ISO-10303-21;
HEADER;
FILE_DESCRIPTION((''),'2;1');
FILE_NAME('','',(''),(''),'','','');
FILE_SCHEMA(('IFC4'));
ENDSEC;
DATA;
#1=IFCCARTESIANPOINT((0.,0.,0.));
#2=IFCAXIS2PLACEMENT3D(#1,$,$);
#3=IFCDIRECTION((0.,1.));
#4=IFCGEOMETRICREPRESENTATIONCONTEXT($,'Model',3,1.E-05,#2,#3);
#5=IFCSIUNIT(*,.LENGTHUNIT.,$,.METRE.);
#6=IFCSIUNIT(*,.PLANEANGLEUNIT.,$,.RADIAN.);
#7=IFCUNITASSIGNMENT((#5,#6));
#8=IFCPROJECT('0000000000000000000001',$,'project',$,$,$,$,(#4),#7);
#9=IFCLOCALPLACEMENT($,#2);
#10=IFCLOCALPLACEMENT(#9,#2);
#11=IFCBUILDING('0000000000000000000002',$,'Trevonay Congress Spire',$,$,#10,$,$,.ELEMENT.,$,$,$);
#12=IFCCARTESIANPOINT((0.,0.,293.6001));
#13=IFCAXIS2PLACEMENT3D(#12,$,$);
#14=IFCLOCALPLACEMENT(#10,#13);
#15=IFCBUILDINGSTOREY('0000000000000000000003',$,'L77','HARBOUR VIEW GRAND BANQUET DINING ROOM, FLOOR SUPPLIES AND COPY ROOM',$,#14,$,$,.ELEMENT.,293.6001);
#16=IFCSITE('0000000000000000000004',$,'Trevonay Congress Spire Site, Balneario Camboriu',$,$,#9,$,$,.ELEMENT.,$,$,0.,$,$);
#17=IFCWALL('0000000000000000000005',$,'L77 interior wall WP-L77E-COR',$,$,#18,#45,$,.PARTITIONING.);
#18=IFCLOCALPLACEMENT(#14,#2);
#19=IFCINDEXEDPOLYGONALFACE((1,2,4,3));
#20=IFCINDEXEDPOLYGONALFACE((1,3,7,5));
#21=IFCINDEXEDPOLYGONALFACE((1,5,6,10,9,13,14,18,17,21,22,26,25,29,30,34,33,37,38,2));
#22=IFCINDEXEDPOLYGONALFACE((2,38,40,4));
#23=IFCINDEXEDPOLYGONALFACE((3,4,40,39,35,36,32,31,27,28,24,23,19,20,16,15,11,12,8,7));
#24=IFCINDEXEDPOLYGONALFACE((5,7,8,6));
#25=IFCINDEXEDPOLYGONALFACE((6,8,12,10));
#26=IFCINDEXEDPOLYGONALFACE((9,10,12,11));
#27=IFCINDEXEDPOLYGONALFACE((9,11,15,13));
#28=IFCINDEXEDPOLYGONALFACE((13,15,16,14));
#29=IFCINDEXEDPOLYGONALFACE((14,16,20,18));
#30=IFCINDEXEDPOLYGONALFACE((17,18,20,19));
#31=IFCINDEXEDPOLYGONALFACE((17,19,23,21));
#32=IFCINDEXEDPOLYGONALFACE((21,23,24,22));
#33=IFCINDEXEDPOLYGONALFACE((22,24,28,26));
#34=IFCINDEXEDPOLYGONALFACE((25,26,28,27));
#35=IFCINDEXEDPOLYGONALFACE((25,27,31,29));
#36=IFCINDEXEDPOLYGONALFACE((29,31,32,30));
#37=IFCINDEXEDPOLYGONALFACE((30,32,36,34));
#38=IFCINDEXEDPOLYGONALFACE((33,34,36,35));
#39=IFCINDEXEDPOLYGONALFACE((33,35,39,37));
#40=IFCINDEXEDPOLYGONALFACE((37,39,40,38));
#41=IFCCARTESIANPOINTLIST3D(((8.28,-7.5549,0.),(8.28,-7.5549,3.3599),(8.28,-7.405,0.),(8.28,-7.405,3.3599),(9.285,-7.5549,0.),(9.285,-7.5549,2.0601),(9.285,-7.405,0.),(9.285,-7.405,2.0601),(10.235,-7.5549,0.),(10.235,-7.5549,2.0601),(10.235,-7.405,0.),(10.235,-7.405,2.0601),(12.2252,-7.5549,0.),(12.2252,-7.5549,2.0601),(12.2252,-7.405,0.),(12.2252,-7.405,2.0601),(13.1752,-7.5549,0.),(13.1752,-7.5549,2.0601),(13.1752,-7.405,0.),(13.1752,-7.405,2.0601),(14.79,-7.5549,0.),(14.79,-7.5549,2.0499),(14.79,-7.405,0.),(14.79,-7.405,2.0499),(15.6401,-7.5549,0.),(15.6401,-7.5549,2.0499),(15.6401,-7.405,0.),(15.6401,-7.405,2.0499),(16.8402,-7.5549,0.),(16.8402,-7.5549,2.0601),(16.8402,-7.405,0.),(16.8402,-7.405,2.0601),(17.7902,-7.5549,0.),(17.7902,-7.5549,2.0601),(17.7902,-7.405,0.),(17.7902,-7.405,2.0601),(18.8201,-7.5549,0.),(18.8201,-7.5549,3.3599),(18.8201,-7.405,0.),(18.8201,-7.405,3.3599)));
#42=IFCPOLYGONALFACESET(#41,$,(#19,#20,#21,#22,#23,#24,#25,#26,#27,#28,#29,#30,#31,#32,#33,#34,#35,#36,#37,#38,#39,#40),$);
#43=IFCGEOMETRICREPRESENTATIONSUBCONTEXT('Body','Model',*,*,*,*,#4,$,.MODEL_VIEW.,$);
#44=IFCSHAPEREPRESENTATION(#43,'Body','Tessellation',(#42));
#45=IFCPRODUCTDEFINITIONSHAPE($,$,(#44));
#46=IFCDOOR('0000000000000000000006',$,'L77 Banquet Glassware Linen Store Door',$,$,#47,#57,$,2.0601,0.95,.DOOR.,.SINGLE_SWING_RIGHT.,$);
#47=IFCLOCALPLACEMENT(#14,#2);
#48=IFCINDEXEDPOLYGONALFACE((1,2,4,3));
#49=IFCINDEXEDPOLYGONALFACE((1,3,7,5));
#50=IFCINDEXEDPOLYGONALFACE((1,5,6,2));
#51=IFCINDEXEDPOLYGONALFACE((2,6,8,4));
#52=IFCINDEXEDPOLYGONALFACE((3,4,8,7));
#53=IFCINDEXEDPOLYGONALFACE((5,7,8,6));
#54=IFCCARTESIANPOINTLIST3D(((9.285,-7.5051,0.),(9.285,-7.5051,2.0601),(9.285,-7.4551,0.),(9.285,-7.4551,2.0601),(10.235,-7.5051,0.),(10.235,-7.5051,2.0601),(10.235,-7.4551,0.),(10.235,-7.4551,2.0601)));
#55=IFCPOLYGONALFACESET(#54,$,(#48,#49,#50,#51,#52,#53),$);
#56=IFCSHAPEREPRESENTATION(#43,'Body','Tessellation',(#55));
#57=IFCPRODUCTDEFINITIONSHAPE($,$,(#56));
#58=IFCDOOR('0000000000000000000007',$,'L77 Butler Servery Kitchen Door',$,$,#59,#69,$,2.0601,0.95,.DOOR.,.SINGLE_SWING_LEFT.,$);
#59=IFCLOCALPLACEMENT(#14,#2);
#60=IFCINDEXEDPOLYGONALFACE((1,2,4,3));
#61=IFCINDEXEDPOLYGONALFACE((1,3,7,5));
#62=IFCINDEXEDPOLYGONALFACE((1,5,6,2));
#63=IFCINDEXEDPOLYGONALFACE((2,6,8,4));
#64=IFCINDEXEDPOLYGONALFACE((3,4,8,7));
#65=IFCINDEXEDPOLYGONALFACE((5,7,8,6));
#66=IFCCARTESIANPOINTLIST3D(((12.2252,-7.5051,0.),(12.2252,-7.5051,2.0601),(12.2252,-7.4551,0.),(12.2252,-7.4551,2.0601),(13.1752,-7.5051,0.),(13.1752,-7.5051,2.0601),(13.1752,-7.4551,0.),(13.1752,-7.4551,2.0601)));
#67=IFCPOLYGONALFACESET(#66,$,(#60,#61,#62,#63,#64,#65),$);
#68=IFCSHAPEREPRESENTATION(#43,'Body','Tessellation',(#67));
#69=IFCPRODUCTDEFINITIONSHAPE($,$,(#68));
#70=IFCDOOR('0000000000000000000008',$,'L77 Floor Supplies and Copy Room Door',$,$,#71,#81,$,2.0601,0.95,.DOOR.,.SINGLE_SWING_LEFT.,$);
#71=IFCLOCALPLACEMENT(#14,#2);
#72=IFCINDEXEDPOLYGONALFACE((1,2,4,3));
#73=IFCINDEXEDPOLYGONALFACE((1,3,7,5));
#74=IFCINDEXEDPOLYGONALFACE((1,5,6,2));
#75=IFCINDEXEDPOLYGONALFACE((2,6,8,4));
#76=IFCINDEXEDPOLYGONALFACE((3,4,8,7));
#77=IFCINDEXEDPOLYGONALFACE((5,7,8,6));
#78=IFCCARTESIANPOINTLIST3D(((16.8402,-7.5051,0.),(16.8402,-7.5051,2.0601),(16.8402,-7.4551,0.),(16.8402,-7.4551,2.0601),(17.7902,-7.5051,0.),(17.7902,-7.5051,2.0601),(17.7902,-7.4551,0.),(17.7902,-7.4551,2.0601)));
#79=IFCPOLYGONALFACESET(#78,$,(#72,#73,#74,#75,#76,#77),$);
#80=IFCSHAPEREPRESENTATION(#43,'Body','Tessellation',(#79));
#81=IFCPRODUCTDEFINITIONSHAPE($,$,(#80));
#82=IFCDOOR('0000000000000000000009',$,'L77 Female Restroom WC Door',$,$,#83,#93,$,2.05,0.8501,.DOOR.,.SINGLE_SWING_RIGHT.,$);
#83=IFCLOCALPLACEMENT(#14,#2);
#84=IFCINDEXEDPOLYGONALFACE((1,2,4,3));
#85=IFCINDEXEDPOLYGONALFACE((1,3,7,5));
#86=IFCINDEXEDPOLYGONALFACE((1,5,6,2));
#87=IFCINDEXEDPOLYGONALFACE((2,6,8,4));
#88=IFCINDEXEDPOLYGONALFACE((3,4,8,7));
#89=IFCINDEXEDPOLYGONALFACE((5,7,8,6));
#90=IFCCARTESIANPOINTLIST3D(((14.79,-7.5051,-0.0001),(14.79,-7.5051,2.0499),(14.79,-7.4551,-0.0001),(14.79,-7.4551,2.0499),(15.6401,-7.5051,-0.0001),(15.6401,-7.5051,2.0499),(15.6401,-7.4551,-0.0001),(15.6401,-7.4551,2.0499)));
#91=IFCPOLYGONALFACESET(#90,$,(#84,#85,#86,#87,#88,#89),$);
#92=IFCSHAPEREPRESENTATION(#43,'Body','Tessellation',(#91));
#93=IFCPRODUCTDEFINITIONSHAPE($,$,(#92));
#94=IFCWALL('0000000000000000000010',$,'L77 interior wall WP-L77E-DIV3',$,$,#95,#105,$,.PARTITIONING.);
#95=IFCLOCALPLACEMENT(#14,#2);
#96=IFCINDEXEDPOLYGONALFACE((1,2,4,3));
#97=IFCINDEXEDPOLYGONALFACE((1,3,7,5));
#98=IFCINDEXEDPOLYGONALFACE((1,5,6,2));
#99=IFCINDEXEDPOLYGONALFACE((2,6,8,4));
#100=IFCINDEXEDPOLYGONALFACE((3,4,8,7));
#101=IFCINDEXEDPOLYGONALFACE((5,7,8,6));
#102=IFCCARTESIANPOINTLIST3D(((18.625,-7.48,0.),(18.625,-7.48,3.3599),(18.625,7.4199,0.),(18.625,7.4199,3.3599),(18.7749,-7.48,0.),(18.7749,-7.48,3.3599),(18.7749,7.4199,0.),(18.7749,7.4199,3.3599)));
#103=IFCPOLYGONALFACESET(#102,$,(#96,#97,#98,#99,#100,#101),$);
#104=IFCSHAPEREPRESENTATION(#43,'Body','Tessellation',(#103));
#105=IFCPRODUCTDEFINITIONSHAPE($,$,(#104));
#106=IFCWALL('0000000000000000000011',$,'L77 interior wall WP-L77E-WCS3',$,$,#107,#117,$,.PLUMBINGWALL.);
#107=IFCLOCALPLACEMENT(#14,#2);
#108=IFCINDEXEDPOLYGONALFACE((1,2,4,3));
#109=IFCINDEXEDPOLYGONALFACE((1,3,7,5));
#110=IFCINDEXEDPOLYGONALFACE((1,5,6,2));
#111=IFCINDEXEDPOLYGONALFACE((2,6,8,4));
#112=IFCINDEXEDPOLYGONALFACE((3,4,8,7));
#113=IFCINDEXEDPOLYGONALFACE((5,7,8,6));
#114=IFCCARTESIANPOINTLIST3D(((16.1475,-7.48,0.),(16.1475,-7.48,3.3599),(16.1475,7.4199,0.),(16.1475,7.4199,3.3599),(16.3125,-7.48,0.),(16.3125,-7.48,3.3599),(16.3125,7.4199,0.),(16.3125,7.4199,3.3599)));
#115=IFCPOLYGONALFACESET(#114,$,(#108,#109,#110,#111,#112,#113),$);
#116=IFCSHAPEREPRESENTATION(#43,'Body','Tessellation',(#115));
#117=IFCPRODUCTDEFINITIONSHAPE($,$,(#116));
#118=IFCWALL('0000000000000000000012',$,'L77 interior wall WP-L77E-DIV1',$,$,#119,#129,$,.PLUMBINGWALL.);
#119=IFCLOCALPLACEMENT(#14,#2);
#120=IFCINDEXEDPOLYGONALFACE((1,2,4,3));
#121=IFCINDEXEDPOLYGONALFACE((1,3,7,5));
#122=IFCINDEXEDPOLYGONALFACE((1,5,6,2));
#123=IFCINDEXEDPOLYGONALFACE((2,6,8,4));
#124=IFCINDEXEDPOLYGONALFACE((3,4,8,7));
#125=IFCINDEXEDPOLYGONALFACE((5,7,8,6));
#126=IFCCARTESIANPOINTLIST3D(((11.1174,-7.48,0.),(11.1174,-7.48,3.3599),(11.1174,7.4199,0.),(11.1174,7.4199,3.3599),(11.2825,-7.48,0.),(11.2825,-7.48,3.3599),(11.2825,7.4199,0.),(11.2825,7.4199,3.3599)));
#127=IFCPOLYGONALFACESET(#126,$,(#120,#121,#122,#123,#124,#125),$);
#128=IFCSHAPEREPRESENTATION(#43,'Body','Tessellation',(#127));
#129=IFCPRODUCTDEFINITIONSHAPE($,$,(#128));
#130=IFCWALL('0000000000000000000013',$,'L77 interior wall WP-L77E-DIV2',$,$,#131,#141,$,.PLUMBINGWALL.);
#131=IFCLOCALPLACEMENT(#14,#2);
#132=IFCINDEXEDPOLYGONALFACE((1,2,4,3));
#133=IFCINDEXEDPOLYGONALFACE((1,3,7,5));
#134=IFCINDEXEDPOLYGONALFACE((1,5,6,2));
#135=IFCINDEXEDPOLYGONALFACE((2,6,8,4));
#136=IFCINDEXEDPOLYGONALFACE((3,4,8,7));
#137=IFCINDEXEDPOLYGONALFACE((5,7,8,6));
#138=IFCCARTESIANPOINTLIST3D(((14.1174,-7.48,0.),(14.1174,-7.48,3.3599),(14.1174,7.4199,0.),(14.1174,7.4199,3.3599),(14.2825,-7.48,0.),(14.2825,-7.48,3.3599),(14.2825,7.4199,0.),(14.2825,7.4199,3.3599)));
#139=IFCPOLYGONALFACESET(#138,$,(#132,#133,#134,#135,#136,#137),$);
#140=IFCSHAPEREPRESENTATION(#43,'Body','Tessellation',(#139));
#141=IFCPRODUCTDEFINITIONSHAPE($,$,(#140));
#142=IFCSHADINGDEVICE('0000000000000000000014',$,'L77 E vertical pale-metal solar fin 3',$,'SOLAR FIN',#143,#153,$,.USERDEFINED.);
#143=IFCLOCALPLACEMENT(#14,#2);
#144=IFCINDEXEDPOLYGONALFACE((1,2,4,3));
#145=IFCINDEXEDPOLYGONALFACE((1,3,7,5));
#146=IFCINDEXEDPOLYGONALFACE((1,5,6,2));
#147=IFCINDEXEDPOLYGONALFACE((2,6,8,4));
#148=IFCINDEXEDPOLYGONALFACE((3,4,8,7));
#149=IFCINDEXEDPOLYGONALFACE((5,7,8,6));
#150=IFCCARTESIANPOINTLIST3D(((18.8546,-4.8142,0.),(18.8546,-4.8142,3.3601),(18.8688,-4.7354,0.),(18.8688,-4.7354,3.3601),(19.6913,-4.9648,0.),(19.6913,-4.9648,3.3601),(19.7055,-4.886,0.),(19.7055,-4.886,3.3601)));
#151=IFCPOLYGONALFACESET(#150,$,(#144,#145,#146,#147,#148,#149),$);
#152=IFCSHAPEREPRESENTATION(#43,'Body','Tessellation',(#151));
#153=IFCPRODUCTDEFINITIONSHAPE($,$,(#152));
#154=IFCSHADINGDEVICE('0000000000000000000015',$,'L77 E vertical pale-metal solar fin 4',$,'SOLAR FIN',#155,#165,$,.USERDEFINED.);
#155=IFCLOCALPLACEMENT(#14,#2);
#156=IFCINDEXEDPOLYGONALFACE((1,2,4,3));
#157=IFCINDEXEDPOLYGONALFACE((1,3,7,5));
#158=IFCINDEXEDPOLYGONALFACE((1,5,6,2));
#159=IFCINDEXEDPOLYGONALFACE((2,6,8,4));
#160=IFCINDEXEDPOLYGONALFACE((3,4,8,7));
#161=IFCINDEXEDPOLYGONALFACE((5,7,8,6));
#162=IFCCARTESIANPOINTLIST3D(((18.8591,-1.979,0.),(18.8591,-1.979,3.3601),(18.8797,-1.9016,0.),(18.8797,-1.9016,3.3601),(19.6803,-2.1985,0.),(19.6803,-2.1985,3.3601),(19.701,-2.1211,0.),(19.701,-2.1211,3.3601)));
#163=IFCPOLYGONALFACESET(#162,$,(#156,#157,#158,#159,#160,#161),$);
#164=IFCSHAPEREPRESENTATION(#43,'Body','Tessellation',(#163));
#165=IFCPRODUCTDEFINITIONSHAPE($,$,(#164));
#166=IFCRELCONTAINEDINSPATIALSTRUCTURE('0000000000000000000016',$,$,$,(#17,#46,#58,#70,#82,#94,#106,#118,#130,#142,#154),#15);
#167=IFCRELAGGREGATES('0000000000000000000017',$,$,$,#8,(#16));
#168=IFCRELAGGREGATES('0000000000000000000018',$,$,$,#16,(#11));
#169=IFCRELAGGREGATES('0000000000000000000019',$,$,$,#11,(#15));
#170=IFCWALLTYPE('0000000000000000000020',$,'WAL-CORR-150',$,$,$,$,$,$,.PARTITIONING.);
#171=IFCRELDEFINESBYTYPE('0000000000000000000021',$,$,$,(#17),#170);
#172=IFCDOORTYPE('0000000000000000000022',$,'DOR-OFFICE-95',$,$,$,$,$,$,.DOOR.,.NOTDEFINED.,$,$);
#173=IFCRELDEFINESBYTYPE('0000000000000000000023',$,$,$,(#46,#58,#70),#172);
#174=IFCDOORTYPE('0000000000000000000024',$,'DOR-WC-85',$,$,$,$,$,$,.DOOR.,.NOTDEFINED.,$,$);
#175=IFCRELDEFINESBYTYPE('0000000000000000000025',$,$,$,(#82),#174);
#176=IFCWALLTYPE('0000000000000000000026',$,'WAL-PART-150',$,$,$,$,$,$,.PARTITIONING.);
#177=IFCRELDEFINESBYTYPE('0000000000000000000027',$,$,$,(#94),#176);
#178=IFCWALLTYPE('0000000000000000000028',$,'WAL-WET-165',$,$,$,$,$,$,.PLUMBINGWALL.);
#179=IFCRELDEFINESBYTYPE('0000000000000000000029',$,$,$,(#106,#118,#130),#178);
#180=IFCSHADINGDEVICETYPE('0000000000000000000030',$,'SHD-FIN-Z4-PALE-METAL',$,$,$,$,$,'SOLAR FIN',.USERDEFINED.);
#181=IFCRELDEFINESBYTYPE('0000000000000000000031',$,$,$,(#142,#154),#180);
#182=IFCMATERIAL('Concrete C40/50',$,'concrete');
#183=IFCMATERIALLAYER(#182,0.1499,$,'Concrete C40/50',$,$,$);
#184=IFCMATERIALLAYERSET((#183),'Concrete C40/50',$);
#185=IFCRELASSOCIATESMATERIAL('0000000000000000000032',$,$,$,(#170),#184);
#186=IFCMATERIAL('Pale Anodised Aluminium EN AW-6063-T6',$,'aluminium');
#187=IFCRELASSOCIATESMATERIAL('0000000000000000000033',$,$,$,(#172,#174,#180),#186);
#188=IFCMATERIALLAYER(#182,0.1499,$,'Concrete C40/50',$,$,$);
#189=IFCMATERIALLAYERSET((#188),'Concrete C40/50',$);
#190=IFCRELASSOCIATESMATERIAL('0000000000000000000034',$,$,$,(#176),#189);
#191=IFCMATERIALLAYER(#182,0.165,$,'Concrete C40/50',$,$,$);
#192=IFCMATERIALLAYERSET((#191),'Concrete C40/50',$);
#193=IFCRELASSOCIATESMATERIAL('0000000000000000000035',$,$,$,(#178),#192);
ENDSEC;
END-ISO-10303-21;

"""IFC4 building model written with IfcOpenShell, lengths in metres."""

from ifc_helpers import new_model, si_unit, direction, frame, frame_2d, origin, origin_2d, place, context, subcontext, project, spatial, rectangle, extrude, material, layer, layer_set, type_object, element, fill, save


model = new_model("IFC4")

# Units and contexts
model_context = context("Model", 3, precision=1e-05, world=origin(), true_north=direction((0.0, 1.0)))
body_context = subcontext(model_context, "Body", "Model", "MODEL_VIEW")
ifc_project = project(units=[si_unit("LENGTHUNIT", "METRE"), si_unit("PLANEANGLEUNIT", "RADIAN")], contexts=[model_context])

# Site, building, storey
site_placement = place(None, origin())
site = spatial("IfcSite", under=ifc_project, at=site_placement, Name="Trevonay Congress Spire Site, Balneario Camboriu", CompositionType="ELEMENT", RefElevation=0.0)
building_placement = place(site_placement, origin())
building = spatial("IfcBuilding", under=site, at=building_placement, Name="Trevonay Congress Spire", CompositionType="ELEMENT")
storey_placement = place(building_placement, frame((0.0, 0.0, 293.6001)))
storey = spatial("IfcBuildingStorey", under=building, at=storey_placement, Name="L77", Description="HARBOUR VIEW GRAND BANQUET DINING ROOM, FLOOR SUPPLIES AND COPY ROOM", CompositionType="ELEMENT", Elevation=293.6001)

# Shared definitions
ifc_material_1 = material(Name="Pale Anodised Aluminium EN AW-6063-T6", Category="aluminium")

# Shared definitions
ifc_material_2 = material(Name="Concrete C40/50", Category="concrete")
ifc_layer_1 = layer(ifc_material_2, 0.1499, Name="Concrete C40/50")
ifc_layer_set_1 = layer_set([ifc_layer_1], Name="Concrete C40/50")
wall_type_1 = type_object("IfcWallType", Name="WAL-CORR-150", PredefinedType="PARTITIONING", material=ifc_layer_set_1)

# Wall, openings, doors
wall_1_placement = place(storey_placement, frame((8.28, -7.48, 0.0), z_axis=(0.0, 0.0, 1.0), x_axis=(1.0, 0.0, 0.0)))
wall_1 = element("IfcWall", 1, at=wall_1_placement, inside=storey, type_object=wall_type_1, Name="L77 interior wall WP-L77E-COR", PredefinedType="PARTITIONING", context=body_context, shape_type="SweptSolid", body=[
    extrude(rectangle(XDim=10.54, YDim=0.1499, at=frame_2d((5.27, 0.0))), origin(), (0.0, 0.0, 1.0), 3.3599),
])
opening_1_placement = place(wall_1_placement, frame((1.0049, 0.0, 0.0)))
opening_1 = element("IfcOpeningElement", 2, at=opening_1_placement, cuts=wall_1, PredefinedType="OPENING", context=body_context, shape_type="SweptSolid", body=[
    extrude(rectangle(XDim=0.95, YDim=2.0601, at=frame_2d((0.4751, 1.03))), frame((0.0, 0.085, 0.0), z_axis=(0.0, -1.0, 0.0), x_axis=(1.0, 0.0, 0.0)), (0.0, 0.0, 1.0), 0.1699),
])
opening_2_placement = place(wall_1_placement, frame((3.9451, 0.0, 0.0)))
opening_2 = element("IfcOpeningElement", 3, at=opening_2_placement, cuts=wall_1, PredefinedType="OPENING", context=body_context, shape_type="SweptSolid", body=[
    extrude(rectangle(XDim=0.95, YDim=2.0601, at=frame_2d((0.4751, 1.03))), frame((0.0, 0.085, 0.0), z_axis=(0.0, -1.0, 0.0), x_axis=(1.0, 0.0, 0.0)), (0.0, 0.0, 1.0), 0.1699),
])
opening_3_placement = place(wall_1_placement, frame((6.51, 0.0, 0.0)))
opening_3 = element("IfcOpeningElement", 4, at=opening_3_placement, cuts=wall_1, PredefinedType="OPENING", context=body_context, shape_type="SweptSolid", body=[
    extrude(rectangle(XDim=0.8501, YDim=2.05, at=frame_2d((0.425, 1.0249))), frame((0.0, 0.085, 0.0), z_axis=(0.0, -1.0, 0.0), x_axis=(1.0, 0.0, 0.0)), (0.0, 0.0, 1.0), 0.1699),
])
opening_4_placement = place(wall_1_placement, frame((8.5601, 0.0, 0.0)))
opening_4 = element("IfcOpeningElement", 5, at=opening_4_placement, cuts=wall_1, PredefinedType="OPENING", context=body_context, shape_type="SweptSolid", body=[
    extrude(rectangle(XDim=0.95, YDim=2.0601, at=frame_2d((0.4751, 1.03))), frame((0.0, 0.085, 0.0), z_axis=(0.0, -1.0, 0.0), x_axis=(1.0, 0.0, 0.0)), (0.0, 0.0, 1.0), 0.1699),
])
door_type_1 = type_object("IfcDoorType", Name="DOR-OFFICE-95", OperationType="NOTDEFINED", PredefinedType="DOOR", material=ifc_material_1)
door_1_placement = place(opening_1_placement, origin())
door_1 = element("IfcDoor", 6, at=door_1_placement, inside=storey, type_object=door_type_1, Name="L77 Banquet Glassware Linen Store Door", OperationType="SINGLE_SWING_RIGHT", OverallHeight=2.0601, OverallWidth=0.95, PredefinedType="DOOR", context=body_context, shape_type="SweptSolid", body=[
    extrude(rectangle(XDim=0.95, YDim=2.0601, at=frame_2d((0.4751, 1.03))), frame((0.0, 0.0249, 0.0), z_axis=(0.0, -1.0, 0.0), x_axis=(1.0, 0.0, 0.0)), (0.0, 0.0, 1.0), 0.05),
])
fill(opening_1, door_1)
door_2_placement = place(opening_2_placement, origin())
door_2 = element("IfcDoor", 7, at=door_2_placement, inside=storey, type_object=door_type_1, Name="L77 Butler Servery Kitchen Door", OperationType="SINGLE_SWING_LEFT", OverallHeight=2.0601, OverallWidth=0.95, PredefinedType="DOOR", context=body_context, shape_type="SweptSolid", body=[
    extrude(rectangle(XDim=0.95, YDim=2.0601, at=frame_2d((0.4751, 1.03))), frame((0.0, 0.0249, 0.0), z_axis=(0.0, -1.0, 0.0), x_axis=(1.0, 0.0, 0.0)), (0.0, 0.0, 1.0), 0.05),
])
fill(opening_2, door_2)
door_3_placement = place(opening_4_placement, origin())
door_3 = element("IfcDoor", 8, at=door_3_placement, inside=storey, type_object=door_type_1, Name="L77 Floor Supplies and Copy Room Door", OperationType="SINGLE_SWING_LEFT", OverallHeight=2.0601, OverallWidth=0.95, PredefinedType="DOOR", context=body_context, shape_type="SweptSolid", body=[
    extrude(rectangle(XDim=0.95, YDim=2.0601, at=frame_2d((0.4751, 1.03))), frame((0.0, 0.0249, 0.0), z_axis=(0.0, -1.0, 0.0), x_axis=(1.0, 0.0, 0.0)), (0.0, 0.0, 1.0), 0.05),
])
fill(opening_4, door_3)
door_type_2 = type_object("IfcDoorType", Name="DOR-WC-85", OperationType="NOTDEFINED", PredefinedType="DOOR", material=ifc_material_1)
door_4_placement = place(opening_3_placement, origin())
door_4 = element("IfcDoor", 9, at=door_4_placement, inside=storey, type_object=door_type_2, Name="L77 Female Restroom WC Door", OperationType="SINGLE_SWING_RIGHT", OverallHeight=2.05, OverallWidth=0.8501, PredefinedType="DOOR", context=body_context, shape_type="SweptSolid", body=[
    extrude(rectangle(XDim=0.8501, YDim=2.05, at=frame_2d((0.425, 1.0249))), frame((0.0, 0.0249, 0.0), z_axis=(0.0, -1.0, 0.0), x_axis=(1.0, 0.0, 0.0)), (0.0, 0.0, 1.0), 0.05),
])
fill(opening_3, door_4)

# Walls
ifc_layer_2 = layer(ifc_material_2, 0.1499, Name="Concrete C40/50")
ifc_layer_set_2 = layer_set([ifc_layer_2], Name="Concrete C40/50")
wall_type_2 = type_object("IfcWallType", Name="WAL-PART-150", PredefinedType="PARTITIONING", material=ifc_layer_set_2)
wall_2_placement = place(storey_placement, frame((18.7, -7.48, 0.0), z_axis=(0.0, 0.0, 1.0), x_axis=(0.0, 1.0, 0.0)))
element("IfcWall", 10, at=wall_2_placement, inside=storey, type_object=wall_type_2, Name="L77 interior wall WP-L77E-DIV3", PredefinedType="PARTITIONING", context=body_context, shape_type="SweptSolid", body=[
    extrude(rectangle(XDim=14.8999, YDim=0.1499, at=frame_2d((7.45, 0.0))), origin(), (0.0, 0.0, 1.0), 3.3599),
])
ifc_layer_3 = layer(ifc_material_2, 0.165, Name="Concrete C40/50")
ifc_layer_set_3 = layer_set([ifc_layer_3], Name="Concrete C40/50")
wall_type_3 = type_object("IfcWallType", Name="WAL-WET-165", PredefinedType="PLUMBINGWALL", material=ifc_layer_set_3)
for number, where, z_axis, x_axis, name in (
    (11, (16.23, -7.48, 0.0), (0.0, 0.0, 1.0), (0.0, 1.0, 0.0), "L77 interior wall WP-L77E-WCS3"),
    (12, (11.2, -7.48, 0.0), (0.0, 0.0, 1.0), (0.0, 1.0, 0.0), "L77 interior wall WP-L77E-DIV1"),
    (13, (14.2, -7.48, 0.0), (0.0, 0.0, 1.0), (0.0, 1.0, 0.0), "L77 interior wall WP-L77E-DIV2"),
):
    element("IfcWall", number, at=place(storey_placement, frame(where, z_axis=z_axis, x_axis=x_axis)), inside=storey, type_object=wall_type_3, Name=name, PredefinedType="PLUMBINGWALL", context=body_context, shape_type="SweptSolid", body=[
        extrude(rectangle(XDim=14.8999, YDim=0.165, at=frame_2d((7.45, 0.0))), origin(), (0.0, 0.0, 1.0), 3.3599),
    ])

# Shading devices
shading_device_type = type_object("IfcShadingDeviceType", Name="SHD-FIN-Z4-PALE-METAL", ElementType="SOLAR FIN", PredefinedType="USERDEFINED", material=ifc_material_1)
for number, where, z_axis, x_axis, name in (
    (14, (19.28, -4.8501, 0.0), (0.0, 0.0, 1.0), (0.177085, 0.984196, 0.0), "L77 E vertical pale-metal solar fin 3"),
    (15, (19.28, -2.05, 0.0), (0.0, 0.0, 1.0), (0.258145, 0.966106, 0.0), "L77 E vertical pale-metal solar fin 4"),
):
    element("IfcShadingDevice", number, at=place(storey_placement, frame(where, z_axis=z_axis, x_axis=x_axis)), inside=storey, type_object=shading_device_type, Name=name, ObjectType="SOLAR FIN", PredefinedType="USERDEFINED", context=body_context, shape_type="SweptSolid", body=[
        extrude(rectangle(XDim=0.0801, YDim=0.8501, at=origin_2d()), origin(), (0.0, 0.0, 1.0), 3.3601),
    ])

save(model, "model.ifc")
